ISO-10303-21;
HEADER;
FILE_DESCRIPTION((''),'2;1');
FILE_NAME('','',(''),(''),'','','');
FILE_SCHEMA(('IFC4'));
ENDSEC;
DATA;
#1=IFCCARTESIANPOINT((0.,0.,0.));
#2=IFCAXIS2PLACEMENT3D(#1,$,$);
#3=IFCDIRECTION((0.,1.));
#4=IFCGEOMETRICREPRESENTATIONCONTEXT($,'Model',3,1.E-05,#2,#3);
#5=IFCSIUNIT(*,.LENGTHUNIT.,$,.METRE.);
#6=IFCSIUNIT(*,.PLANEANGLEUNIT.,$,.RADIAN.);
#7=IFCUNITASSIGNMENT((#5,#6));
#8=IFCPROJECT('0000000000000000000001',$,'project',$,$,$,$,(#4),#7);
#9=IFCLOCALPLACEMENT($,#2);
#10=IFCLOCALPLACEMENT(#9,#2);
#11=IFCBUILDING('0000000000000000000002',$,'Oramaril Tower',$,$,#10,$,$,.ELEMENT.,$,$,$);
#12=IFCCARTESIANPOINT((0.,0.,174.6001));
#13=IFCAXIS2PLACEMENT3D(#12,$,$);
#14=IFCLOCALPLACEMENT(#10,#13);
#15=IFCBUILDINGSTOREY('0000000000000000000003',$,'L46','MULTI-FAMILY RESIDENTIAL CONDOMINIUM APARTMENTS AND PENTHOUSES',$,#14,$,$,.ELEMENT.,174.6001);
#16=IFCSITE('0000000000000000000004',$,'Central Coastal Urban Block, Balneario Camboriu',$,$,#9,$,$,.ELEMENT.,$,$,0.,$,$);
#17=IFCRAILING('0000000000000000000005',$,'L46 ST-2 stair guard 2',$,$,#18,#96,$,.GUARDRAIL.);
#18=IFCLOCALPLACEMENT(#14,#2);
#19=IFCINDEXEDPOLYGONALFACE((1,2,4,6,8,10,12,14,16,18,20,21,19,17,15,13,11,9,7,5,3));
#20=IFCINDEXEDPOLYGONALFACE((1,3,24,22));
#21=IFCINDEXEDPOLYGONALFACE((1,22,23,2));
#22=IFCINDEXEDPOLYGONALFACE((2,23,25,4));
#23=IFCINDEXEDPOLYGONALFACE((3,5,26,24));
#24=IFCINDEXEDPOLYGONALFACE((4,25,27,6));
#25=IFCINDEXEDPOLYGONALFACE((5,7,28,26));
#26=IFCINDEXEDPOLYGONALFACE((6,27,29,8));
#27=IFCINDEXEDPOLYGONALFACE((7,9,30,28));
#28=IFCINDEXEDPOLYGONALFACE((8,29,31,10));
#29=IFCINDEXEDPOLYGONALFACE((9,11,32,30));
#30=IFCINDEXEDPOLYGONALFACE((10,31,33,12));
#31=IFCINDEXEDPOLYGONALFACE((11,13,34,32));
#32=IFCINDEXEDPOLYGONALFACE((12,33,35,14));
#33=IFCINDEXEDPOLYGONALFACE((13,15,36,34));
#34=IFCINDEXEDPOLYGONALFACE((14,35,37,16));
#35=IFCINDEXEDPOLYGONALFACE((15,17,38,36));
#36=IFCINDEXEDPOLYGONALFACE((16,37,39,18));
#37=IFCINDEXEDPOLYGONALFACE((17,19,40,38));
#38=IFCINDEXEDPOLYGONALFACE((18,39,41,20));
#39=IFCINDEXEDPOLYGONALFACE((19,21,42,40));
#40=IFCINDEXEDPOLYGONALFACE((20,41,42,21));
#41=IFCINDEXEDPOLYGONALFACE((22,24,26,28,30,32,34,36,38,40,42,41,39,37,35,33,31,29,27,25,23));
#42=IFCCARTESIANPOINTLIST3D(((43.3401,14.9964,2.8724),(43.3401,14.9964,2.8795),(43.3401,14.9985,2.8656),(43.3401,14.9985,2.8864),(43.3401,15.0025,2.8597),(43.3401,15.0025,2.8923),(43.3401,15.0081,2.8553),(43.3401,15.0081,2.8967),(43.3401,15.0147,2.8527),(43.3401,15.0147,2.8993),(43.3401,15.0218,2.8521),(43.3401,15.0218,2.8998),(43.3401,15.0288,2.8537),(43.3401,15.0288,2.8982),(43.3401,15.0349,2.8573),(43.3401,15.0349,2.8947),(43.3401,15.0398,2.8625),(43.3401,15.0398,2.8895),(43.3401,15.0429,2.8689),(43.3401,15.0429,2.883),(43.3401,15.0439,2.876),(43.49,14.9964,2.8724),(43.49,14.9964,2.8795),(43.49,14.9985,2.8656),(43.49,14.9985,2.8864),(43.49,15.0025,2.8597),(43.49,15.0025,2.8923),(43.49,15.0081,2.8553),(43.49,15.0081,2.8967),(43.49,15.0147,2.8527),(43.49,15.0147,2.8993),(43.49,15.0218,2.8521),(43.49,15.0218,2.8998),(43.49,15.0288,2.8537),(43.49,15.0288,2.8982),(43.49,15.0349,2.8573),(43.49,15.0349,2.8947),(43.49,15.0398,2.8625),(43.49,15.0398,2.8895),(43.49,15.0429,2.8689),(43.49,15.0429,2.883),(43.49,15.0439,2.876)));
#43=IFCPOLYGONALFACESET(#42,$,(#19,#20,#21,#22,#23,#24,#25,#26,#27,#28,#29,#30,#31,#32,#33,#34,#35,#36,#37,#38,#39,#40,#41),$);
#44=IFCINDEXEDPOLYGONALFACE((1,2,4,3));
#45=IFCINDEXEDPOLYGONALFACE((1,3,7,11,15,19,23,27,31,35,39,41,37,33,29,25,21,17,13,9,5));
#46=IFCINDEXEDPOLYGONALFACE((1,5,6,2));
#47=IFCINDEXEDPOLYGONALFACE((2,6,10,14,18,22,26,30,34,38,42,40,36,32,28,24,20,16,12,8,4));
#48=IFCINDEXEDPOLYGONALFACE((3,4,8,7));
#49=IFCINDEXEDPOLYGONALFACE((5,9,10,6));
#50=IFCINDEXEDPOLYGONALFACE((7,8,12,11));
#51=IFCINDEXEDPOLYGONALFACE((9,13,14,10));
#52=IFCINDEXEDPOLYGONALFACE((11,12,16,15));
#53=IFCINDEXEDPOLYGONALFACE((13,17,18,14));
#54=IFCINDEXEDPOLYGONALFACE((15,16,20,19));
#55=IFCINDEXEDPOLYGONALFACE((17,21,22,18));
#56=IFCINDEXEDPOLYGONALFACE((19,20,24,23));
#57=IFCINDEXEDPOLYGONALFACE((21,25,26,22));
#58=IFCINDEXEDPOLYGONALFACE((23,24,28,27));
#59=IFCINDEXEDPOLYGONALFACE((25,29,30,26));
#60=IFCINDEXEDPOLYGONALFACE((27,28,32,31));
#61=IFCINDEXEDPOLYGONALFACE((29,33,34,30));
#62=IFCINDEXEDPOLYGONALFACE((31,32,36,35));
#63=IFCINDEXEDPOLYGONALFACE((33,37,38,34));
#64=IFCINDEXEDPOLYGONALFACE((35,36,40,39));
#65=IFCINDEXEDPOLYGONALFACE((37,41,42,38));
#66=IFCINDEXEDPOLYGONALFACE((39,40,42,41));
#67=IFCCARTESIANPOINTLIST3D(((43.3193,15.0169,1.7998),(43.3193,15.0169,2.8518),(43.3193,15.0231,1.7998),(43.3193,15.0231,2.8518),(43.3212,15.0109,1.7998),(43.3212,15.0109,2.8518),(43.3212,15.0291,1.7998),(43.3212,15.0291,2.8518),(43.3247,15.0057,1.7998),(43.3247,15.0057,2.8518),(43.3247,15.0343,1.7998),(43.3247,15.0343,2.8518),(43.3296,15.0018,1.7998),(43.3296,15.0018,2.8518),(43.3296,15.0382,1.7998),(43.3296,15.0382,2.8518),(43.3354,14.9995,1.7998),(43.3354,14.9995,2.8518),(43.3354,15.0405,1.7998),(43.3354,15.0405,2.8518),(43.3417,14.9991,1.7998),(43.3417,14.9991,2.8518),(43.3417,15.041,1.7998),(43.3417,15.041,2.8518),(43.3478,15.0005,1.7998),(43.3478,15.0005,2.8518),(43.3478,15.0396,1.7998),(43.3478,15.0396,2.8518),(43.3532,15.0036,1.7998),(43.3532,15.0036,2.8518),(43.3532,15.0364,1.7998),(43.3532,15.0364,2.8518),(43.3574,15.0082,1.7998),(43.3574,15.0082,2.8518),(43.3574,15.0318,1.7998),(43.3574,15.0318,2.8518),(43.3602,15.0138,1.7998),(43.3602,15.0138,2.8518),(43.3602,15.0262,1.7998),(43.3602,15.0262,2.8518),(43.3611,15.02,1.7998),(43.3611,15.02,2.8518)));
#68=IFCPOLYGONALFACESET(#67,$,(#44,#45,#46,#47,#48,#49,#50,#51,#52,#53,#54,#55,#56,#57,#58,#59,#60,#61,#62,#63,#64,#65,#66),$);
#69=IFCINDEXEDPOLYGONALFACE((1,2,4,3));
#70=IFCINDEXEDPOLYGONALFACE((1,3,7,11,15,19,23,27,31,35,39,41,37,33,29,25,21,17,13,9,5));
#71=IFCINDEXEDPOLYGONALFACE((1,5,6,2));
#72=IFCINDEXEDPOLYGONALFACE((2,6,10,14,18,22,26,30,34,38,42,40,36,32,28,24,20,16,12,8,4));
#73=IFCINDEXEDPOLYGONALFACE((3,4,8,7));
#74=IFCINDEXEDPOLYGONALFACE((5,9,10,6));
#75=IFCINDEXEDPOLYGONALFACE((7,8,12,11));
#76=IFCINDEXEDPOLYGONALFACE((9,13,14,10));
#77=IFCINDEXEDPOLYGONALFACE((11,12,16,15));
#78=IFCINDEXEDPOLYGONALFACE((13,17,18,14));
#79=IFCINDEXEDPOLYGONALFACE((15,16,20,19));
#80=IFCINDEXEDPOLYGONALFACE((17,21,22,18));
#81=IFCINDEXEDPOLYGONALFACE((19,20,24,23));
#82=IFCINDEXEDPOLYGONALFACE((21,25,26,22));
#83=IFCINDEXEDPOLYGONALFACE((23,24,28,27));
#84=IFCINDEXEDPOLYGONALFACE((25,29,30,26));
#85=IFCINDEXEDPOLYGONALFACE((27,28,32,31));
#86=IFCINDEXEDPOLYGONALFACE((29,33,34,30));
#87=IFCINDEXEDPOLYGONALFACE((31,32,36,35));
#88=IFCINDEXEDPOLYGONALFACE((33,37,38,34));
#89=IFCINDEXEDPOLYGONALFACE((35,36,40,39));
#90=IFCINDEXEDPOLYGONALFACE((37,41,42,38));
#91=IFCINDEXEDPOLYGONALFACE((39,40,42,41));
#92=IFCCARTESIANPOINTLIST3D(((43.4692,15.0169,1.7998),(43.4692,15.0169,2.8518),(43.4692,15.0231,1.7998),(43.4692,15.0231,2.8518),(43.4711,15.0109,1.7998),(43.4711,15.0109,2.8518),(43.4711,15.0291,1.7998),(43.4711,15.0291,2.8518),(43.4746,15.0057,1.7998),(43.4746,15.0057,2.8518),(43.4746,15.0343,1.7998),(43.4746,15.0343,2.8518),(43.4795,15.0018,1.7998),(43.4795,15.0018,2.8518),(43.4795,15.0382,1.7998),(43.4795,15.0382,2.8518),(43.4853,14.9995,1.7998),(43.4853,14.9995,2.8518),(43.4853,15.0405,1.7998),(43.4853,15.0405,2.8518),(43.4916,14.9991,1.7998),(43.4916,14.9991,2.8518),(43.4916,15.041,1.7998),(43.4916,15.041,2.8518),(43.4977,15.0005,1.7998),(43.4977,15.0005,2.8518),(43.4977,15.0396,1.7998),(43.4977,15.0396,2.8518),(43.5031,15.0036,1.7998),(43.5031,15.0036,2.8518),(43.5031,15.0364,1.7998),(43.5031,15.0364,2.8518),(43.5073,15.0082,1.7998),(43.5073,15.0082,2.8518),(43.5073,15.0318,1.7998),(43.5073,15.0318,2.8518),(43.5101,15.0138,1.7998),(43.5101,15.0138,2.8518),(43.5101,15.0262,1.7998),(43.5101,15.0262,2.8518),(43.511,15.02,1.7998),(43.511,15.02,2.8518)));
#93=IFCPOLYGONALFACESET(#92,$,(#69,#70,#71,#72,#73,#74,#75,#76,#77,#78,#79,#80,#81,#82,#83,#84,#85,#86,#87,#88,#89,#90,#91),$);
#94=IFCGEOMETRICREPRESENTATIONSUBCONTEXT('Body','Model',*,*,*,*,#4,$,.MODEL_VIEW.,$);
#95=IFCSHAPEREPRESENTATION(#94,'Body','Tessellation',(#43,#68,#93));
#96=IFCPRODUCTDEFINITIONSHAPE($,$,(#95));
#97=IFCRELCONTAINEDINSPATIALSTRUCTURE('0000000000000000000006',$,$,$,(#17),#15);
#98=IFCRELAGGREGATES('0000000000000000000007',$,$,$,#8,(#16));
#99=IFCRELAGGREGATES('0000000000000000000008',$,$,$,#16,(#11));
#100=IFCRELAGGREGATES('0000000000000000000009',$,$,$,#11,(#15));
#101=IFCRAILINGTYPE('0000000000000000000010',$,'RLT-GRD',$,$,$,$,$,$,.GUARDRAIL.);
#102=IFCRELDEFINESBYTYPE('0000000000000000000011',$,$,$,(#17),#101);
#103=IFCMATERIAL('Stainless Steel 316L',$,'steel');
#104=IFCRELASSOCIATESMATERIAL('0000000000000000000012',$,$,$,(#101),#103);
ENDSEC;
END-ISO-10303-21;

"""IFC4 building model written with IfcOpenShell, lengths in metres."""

from ifc_helpers import new_model, si_unit, direction, frame, origin, origin_2d, place, context, subcontext, project, spatial, circle, extrude, material, type_object, element, save


model = new_model("IFC4")

# Units and contexts
model_context = context("Model", 3, precision=1e-05, world=origin(), true_north=direction((0.0, 1.0)))
body_context = subcontext(model_context, "Body", "Model", "MODEL_VIEW")
ifc_project = project(units=[si_unit("LENGTHUNIT", "METRE"), si_unit("PLANEANGLEUNIT", "RADIAN")], contexts=[model_context])

# Site, building, storey
site_placement = place(None, origin())
site = spatial("IfcSite", under=ifc_project, at=site_placement, Name="Central Coastal Urban Block, Balneario Camboriu", CompositionType="ELEMENT", RefElevation=0.0)
building_placement = place(site_placement, origin())
building = spatial("IfcBuilding", under=site, at=building_placement, Name="Oramaril Tower", CompositionType="ELEMENT")
storey_placement = place(building_placement, frame((0.0, 0.0, 174.6001)))
storey = spatial("IfcBuildingStorey", under=building, at=storey_placement, Name="L46", Description="MULTI-FAMILY RESIDENTIAL CONDOMINIUM APARTMENTS AND PENTHOUSES", CompositionType="ELEMENT", Elevation=174.6001)

# Railing
ifc_material_1 = material(Name="Stainless Steel 316L", Category="steel")
railing_type_1 = type_object("IfcRailingType", Name="RLT-GRD", PredefinedType="GUARDRAIL", material=ifc_material_1)
railing_1_placement = place(storey_placement, frame((43.3401, 15.02, 1.7998)))
element("IfcRailing", 1, at=railing_1_placement, inside=storey, type_object=railing_type_1, Name="L46 ST-2 stair guard 2", PredefinedType="GUARDRAIL", context=body_context, shape_type="SweptSolid", body=[
    extrude(circle(Radius=0.0239, at=origin_2d()), frame((0.0, 0.0, 1.0762), z_axis=(1.0, 0.0, 0.0), x_axis=(0.0, 1.0, 0.0)), (0.0, 0.0, 1.0), 0.1499),
    extrude(circle(Radius=0.021, at=origin_2d()), origin(), (0.0, 0.0, 1.0), 1.052),
    extrude(circle(Radius=0.021, at=origin_2d()), frame((0.1499, 0.0, 0.0)), (0.0, 0.0, 1.0), 1.052),
])

save(model, "model.ifc")
